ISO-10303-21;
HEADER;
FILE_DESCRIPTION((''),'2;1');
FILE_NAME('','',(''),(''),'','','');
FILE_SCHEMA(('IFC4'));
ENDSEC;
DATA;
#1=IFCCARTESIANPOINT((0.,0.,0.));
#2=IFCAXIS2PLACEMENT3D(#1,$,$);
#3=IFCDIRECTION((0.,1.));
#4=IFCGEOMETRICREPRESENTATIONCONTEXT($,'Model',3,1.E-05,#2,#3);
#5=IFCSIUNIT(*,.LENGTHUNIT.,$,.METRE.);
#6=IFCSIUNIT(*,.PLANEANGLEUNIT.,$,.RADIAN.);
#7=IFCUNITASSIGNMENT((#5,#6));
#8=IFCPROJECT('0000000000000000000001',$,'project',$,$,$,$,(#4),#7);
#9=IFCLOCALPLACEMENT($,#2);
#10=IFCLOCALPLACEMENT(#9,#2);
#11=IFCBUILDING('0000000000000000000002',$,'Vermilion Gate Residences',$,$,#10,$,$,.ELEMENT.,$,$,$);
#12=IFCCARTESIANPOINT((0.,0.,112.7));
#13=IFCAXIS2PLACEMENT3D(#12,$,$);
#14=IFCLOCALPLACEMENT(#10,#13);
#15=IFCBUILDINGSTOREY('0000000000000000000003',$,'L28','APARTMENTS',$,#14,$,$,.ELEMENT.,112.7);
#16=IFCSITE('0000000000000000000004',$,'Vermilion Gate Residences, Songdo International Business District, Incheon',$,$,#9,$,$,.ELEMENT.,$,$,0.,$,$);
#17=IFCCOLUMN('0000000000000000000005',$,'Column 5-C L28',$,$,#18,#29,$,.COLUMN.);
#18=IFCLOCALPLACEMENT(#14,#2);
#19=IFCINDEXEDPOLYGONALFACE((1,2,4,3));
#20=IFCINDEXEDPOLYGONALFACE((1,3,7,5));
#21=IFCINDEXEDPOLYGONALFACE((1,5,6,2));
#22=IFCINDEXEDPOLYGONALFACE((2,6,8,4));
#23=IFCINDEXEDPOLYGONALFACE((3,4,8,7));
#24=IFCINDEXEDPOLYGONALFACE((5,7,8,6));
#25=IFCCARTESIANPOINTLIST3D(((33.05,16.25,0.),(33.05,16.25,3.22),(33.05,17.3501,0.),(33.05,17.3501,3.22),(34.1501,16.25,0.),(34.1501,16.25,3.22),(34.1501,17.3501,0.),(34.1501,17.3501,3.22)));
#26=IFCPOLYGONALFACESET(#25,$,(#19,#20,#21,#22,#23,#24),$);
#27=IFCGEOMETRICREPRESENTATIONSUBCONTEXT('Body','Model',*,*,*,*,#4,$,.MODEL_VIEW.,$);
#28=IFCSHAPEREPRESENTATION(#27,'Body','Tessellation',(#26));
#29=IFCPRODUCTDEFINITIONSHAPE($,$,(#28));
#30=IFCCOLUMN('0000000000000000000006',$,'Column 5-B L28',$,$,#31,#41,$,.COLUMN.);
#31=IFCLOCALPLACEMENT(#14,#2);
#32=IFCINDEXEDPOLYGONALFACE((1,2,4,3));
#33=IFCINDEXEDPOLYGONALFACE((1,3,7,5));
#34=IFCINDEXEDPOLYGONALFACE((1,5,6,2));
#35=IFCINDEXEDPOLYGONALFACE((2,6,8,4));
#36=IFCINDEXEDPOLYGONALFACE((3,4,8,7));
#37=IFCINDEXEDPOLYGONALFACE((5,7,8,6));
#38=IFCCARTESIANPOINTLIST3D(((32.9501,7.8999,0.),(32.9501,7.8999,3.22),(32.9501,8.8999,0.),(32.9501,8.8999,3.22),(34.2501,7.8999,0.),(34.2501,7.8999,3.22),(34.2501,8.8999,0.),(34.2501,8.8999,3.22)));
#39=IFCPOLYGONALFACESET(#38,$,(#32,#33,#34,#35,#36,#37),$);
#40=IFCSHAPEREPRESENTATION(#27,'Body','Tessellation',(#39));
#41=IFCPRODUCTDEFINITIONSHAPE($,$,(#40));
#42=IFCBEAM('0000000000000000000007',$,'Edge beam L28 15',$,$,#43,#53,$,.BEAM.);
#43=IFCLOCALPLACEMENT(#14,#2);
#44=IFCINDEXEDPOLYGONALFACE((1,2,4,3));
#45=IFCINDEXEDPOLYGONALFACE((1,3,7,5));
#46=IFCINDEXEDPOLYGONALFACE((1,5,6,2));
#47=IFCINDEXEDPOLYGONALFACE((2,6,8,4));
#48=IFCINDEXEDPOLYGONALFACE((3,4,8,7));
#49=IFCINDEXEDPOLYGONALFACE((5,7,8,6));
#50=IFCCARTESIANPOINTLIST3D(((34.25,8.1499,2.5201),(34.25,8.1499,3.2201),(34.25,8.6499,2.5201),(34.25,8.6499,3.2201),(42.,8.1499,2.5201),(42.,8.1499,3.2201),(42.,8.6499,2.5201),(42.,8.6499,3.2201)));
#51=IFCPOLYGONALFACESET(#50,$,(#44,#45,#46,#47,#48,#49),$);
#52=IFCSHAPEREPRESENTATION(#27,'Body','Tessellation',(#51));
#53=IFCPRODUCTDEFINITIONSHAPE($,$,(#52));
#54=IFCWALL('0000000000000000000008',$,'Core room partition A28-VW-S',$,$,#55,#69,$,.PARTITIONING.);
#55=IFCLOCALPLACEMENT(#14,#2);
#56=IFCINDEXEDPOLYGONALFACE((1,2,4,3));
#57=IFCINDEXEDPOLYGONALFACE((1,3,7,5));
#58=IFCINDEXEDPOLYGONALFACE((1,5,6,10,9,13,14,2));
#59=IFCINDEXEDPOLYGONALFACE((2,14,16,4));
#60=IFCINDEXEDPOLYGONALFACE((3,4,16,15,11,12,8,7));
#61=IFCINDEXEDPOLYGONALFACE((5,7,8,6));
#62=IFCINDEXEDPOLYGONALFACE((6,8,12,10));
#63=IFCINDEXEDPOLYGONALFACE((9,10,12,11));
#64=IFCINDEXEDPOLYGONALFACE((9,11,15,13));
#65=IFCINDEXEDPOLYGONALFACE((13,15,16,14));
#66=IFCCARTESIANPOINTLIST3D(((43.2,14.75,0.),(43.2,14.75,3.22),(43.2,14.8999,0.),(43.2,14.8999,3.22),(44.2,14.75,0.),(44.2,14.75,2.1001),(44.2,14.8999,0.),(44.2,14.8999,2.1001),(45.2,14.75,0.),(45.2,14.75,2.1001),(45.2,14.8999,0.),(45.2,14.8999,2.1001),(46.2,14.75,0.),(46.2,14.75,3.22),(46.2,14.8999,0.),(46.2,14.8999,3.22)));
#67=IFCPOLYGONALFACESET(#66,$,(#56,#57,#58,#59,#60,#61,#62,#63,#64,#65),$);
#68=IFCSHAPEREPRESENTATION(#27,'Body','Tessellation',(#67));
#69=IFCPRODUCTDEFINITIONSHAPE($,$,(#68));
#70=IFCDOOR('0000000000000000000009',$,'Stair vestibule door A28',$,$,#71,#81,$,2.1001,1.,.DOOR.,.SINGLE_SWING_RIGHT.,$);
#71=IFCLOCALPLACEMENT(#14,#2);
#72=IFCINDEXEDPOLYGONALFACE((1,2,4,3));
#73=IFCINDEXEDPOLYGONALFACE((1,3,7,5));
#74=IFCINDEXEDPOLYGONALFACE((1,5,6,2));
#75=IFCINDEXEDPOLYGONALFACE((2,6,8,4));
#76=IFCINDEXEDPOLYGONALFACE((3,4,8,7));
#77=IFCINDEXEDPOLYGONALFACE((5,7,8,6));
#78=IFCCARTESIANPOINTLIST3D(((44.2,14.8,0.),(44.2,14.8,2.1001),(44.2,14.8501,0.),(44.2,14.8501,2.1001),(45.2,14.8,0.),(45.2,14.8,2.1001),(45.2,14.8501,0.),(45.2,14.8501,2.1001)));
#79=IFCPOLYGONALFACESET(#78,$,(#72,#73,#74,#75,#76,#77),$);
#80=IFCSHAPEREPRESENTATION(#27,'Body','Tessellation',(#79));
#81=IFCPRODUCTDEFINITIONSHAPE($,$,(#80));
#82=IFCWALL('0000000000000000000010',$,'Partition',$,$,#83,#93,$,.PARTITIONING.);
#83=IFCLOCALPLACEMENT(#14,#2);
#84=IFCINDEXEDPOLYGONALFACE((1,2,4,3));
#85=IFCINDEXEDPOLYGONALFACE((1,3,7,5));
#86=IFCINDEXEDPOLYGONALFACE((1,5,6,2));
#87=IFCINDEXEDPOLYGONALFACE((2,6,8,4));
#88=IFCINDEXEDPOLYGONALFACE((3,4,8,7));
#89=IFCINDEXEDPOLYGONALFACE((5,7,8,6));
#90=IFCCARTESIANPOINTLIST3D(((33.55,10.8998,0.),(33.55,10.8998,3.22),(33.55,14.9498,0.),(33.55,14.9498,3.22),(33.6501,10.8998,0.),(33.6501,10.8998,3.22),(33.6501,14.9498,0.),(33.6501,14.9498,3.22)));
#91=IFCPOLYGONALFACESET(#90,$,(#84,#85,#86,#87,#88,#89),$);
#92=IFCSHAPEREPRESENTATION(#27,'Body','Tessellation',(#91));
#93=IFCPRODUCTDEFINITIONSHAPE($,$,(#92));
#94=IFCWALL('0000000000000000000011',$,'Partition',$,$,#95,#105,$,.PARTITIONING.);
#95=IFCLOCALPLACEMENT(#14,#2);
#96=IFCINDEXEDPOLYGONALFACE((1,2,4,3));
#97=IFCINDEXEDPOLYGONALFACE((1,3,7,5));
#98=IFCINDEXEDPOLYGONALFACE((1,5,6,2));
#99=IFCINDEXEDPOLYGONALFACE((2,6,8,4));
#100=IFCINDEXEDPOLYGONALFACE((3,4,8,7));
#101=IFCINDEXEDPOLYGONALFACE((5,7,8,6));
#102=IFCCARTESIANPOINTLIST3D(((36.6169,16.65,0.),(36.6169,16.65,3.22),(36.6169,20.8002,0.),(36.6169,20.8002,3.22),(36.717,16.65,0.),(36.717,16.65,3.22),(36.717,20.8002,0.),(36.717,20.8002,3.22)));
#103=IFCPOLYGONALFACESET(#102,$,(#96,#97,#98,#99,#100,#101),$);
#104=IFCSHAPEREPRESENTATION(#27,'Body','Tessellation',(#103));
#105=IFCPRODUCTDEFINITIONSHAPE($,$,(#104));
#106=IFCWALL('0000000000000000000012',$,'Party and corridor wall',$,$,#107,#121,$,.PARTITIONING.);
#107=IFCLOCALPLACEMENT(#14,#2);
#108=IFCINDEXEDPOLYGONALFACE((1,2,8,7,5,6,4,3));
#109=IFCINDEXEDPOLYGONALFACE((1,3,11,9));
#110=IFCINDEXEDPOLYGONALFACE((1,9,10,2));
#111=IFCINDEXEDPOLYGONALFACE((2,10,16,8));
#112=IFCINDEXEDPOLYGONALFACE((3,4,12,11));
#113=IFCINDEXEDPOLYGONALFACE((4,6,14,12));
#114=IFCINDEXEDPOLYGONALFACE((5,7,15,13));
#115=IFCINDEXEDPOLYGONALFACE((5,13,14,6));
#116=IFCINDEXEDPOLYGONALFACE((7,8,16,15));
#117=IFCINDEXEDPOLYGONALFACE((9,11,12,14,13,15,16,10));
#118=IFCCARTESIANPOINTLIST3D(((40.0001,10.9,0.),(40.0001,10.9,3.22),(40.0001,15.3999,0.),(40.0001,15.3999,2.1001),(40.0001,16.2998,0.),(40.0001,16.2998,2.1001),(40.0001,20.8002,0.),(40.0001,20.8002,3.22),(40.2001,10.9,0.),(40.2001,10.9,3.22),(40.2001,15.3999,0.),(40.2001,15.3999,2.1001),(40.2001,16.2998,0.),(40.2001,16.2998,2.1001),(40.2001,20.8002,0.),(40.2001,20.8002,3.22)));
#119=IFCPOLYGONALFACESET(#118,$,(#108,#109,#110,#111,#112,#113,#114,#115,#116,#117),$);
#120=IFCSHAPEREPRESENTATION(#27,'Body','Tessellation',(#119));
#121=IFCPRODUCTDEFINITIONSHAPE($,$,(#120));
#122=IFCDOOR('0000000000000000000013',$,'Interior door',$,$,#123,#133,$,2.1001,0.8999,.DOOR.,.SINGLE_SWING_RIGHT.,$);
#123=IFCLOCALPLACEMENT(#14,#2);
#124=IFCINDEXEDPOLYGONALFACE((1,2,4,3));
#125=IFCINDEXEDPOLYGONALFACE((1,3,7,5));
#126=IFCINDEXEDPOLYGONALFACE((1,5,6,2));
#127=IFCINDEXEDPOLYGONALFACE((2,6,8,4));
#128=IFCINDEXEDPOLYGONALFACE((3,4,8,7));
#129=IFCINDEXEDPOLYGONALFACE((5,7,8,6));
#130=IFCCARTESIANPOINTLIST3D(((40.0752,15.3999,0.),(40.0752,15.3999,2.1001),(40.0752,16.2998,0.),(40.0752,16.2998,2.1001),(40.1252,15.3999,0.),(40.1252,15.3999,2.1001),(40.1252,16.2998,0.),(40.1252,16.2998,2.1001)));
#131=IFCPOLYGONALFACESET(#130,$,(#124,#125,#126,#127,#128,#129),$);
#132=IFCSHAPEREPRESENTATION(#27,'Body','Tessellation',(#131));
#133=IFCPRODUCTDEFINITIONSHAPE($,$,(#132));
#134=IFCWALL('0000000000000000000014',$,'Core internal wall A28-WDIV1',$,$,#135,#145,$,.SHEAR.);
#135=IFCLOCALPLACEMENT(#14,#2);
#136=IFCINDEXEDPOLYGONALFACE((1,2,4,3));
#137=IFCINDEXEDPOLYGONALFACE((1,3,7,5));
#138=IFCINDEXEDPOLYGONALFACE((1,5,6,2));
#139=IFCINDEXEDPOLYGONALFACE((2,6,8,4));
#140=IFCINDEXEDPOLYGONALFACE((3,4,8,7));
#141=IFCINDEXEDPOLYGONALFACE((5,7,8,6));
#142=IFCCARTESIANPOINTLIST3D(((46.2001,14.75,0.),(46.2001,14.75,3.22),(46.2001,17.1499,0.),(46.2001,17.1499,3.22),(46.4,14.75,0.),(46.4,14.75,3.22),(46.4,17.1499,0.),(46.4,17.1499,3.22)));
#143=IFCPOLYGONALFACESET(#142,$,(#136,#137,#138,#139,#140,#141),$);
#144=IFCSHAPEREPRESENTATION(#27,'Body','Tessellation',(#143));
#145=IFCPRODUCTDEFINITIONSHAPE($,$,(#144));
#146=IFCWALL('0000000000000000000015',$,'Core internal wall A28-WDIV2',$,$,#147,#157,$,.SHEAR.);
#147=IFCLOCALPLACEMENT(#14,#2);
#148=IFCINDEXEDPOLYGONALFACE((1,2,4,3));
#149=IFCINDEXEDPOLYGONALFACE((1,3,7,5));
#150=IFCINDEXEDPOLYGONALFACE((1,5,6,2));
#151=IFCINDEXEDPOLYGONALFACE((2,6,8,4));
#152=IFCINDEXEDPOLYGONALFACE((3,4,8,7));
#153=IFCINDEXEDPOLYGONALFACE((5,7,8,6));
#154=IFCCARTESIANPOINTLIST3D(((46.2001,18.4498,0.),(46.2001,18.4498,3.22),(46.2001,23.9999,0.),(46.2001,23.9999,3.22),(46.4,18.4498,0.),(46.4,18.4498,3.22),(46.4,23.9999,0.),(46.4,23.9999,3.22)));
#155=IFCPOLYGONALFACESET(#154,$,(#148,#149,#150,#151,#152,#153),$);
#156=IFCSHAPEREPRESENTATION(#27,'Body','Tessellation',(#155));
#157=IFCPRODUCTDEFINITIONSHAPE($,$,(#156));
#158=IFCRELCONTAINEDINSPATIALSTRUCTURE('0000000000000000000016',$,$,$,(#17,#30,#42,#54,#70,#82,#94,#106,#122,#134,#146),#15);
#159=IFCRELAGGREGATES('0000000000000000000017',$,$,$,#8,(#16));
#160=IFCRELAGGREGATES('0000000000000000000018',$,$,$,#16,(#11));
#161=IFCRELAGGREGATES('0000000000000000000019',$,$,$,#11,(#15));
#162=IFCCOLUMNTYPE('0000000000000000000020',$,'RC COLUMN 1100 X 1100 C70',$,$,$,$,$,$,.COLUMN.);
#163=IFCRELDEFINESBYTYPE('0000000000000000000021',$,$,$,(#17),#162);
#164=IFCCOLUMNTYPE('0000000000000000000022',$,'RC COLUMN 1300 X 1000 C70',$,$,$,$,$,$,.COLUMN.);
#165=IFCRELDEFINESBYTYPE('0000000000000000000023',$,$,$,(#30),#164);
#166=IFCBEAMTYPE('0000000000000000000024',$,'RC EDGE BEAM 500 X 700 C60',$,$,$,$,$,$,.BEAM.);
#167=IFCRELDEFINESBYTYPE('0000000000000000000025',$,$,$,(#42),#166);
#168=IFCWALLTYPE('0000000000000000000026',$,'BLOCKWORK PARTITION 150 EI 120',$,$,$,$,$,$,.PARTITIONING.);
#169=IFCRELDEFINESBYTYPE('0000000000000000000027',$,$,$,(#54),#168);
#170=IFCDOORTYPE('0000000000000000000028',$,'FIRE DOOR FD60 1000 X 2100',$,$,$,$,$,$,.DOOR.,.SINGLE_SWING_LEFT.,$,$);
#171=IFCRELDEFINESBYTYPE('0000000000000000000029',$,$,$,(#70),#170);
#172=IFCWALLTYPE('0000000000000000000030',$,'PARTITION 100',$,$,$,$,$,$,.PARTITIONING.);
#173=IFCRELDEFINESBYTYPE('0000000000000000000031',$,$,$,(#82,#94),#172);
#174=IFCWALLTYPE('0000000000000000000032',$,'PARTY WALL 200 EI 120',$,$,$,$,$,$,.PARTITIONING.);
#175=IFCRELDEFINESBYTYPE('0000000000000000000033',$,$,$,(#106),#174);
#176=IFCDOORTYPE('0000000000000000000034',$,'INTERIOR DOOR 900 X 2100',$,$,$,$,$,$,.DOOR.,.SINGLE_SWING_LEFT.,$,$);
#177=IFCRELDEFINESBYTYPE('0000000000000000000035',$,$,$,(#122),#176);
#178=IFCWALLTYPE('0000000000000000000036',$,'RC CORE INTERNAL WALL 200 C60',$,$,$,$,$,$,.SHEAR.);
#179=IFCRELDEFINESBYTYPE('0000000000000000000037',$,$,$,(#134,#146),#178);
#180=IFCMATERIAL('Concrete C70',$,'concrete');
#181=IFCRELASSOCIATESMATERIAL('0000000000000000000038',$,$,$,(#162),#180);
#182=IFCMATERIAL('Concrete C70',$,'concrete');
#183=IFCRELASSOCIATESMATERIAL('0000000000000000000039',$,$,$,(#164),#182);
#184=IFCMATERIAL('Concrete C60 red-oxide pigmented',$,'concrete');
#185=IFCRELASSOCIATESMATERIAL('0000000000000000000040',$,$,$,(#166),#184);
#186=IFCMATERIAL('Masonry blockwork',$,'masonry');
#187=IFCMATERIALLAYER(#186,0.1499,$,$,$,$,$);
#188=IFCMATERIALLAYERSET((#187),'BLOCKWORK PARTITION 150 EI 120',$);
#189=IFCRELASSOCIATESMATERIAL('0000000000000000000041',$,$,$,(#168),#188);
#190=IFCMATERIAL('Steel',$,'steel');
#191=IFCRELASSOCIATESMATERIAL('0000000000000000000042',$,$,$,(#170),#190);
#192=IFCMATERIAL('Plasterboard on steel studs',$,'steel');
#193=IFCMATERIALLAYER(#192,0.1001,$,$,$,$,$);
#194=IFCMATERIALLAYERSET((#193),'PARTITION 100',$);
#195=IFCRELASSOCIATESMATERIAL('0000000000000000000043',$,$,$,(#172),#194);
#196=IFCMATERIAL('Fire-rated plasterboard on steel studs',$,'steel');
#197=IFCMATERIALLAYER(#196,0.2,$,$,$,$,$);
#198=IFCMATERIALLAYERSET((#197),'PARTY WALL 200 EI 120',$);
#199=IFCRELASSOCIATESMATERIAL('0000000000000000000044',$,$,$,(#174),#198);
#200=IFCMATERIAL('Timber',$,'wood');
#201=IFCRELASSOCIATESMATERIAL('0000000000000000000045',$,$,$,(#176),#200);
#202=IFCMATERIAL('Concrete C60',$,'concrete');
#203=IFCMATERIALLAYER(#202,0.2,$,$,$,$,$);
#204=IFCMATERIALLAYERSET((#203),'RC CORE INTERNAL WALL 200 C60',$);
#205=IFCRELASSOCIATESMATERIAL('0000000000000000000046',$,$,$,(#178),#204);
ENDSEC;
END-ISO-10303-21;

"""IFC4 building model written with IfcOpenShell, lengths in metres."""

from ifc_helpers import new_model, si_unit, direction, frame, frame_2d, origin, origin_2d, place, context, subcontext, project, spatial, rectangle, extrude, material, layer, layer_set, material_profile, profile_set, type_object, element, fill, save


model = new_model("IFC4")

# Units and contexts
model_context = context("Model", 3, precision=1e-05, world=origin(), true_north=direction((0.0, 1.0)))
body_context = subcontext(model_context, "Body", "Model", "MODEL_VIEW")
ifc_project = project(units=[si_unit("LENGTHUNIT", "METRE"), si_unit("PLANEANGLEUNIT", "RADIAN")], contexts=[model_context])

# Site, building, storey
site_placement = place(None, origin())
site = spatial("IfcSite", under=ifc_project, at=site_placement, Name="Vermilion Gate Residences, Songdo International Business District, Incheon", CompositionType="ELEMENT", RefElevation=0.0)
building_placement = place(site_placement, origin())
building = spatial("IfcBuilding", under=site, at=building_placement, Name="Vermilion Gate Residences", CompositionType="ELEMENT")
storey_placement = place(building_placement, frame((0.0, 0.0, 112.7)))
storey = spatial("IfcBuildingStorey", under=building, at=storey_placement, Name="L28", Description="APARTMENTS", CompositionType="ELEMENT", Elevation=112.7)

# Columns
ifc_material_1 = material(Name="Concrete C70", Category="concrete")
ifc_material_profile_1 = material_profile(ifc_material_1, rectangle(XDim=1.1001, YDim=1.1001, at=origin_2d()), Name="RC-1100x1100")
ifc_profile_set_1 = profile_set([ifc_material_profile_1], Name="Concrete C70")
column_type_1 = type_object("IfcColumnType", Name="RC COLUMN 1100 X 1100 C70", PredefinedType="COLUMN", material=ifc_profile_set_1)
column_1_placement = place(storey_placement, frame((33.6001, 16.8, 0.0), z_axis=(0.0, 0.0, 1.0), x_axis=(1.0, 0.0, 0.0)))
element("IfcColumn", 1, at=column_1_placement, inside=storey, type_object=column_type_1, Name="Column 5-C L28", PredefinedType="COLUMN", context=body_context, shape_type="SweptSolid", body=[
    extrude(rectangle(XDim=1.1001, YDim=1.1001, at=origin_2d()), origin(), (0.0, 0.0, 1.0), 3.22),
])
ifc_material_2 = material(Name="Concrete C70", Category="concrete")
ifc_material_profile_2 = material_profile(ifc_material_2, rectangle(XDim=1.3, YDim=1.0, at=origin_2d()), Name="RC-1300x1000")
ifc_profile_set_2 = profile_set([ifc_material_profile_2], Name="Concrete C70")
column_type_2 = type_object("IfcColumnType", Name="RC COLUMN 1300 X 1000 C70", PredefinedType="COLUMN", material=ifc_profile_set_2)
column_2_placement = place(storey_placement, frame((33.6001, 8.3999, 0.0), z_axis=(0.0, 0.0, 1.0), x_axis=(1.0, 0.0, 0.0)))
element("IfcColumn", 2, at=column_2_placement, inside=storey, type_object=column_type_2, Name="Column 5-B L28", PredefinedType="COLUMN", context=body_context, shape_type="SweptSolid", body=[
    extrude(rectangle(XDim=1.3, YDim=1.0, at=origin_2d()), origin(), (0.0, 0.0, 1.0), 3.22),
])

# Beam
ifc_material_3 = material(Name="Concrete C60 red-oxide pigmented", Category="concrete")
ifc_material_profile_3 = material_profile(ifc_material_3, rectangle(XDim=0.5, YDim=0.7, at=origin_2d()), Name="RC-500x700")
ifc_profile_set_3 = profile_set([ifc_material_profile_3], Name="Concrete C60 red-oxide pigmented")
beam_type = type_object("IfcBeamType", Name="RC EDGE BEAM 500 X 700 C60", PredefinedType="BEAM", material=ifc_profile_set_3)
beam_placement = place(storey_placement, frame((34.25, 8.3999, 2.8701), z_axis=(1.0, 0.0, 0.0), x_axis=(0.0, 1.0, 0.0)))
element("IfcBeam", 3, at=beam_placement, inside=storey, type_object=beam_type, Name="Edge beam L28 15", PredefinedType="BEAM", context=body_context, shape_type="SweptSolid", body=[
    extrude(rectangle(XDim=0.5, YDim=0.7, at=origin_2d()), origin(), (0.0, 0.0, 1.0), 7.75),
])

# Wall, opening, door
ifc_material_4 = material(Name="Masonry blockwork", Category="masonry")
ifc_layer_1 = layer(ifc_material_4, 0.1499)
ifc_layer_set_1 = layer_set([ifc_layer_1], Name="BLOCKWORK PARTITION 150 EI 120")
wall_type_1 = type_object("IfcWallType", Name="BLOCKWORK PARTITION 150 EI 120", PredefinedType="PARTITIONING", material=ifc_layer_set_1)
wall_1_placement = place(storey_placement, frame((43.2, 14.825, 0.0), z_axis=(0.0, 0.0, 1.0), x_axis=(1.0, 0.0, 0.0)))
wall_1 = element("IfcWall", 4, at=wall_1_placement, inside=storey, type_object=wall_type_1, Name="Core room partition A28-VW-S", PredefinedType="PARTITIONING", context=body_context, shape_type="SweptSolid", body=[
    extrude(rectangle(XDim=3.0, YDim=0.1499, at=frame_2d((1.5, 0.0))), origin(), (0.0, 0.0, 1.0), 3.22),
])
opening_1_placement = place(wall_1_placement, frame((1.0, 0.0, 0.0)))
opening_1 = element("IfcOpeningElement", 5, at=opening_1_placement, cuts=wall_1, PredefinedType="OPENING", context=body_context, shape_type="SweptSolid", body=[
    extrude(rectangle(XDim=1.0, YDim=2.1001, at=frame_2d((0.5, 1.05))), frame((0.0, 0.085, 0.0), z_axis=(0.0, -1.0, 0.0), x_axis=(1.0, 0.0, 0.0)), (0.0, 0.0, 1.0), 0.1699),
])
ifc_material_5 = material(Name="Steel", Category="steel")
door_type_1 = type_object("IfcDoorType", Name="FIRE DOOR FD60 1000 X 2100", OperationType="SINGLE_SWING_LEFT", PredefinedType="DOOR", material=ifc_material_5)
door_1_placement = place(opening_1_placement, frame((1.0, 0.0, 0.0), z_axis=(0.0, 0.0, 1.0), x_axis=(-1.0, 0.0, 0.0)))
door_1 = element("IfcDoor", 6, at=door_1_placement, inside=storey, type_object=door_type_1, Name="Stair vestibule door A28", OperationType="SINGLE_SWING_RIGHT", OverallHeight=2.1001, OverallWidth=1.0, PredefinedType="DOOR", context=body_context, shape_type="SweptSolid", body=[
    extrude(rectangle(XDim=1.0, YDim=2.1001, at=frame_2d((0.5, 1.05))), frame((0.0, 0.0249, 0.0), z_axis=(0.0, -1.0, 0.0), x_axis=(1.0, 0.0, 0.0)), (0.0, 0.0, 1.0), 0.05),
])
fill(opening_1, door_1)

# Walls
ifc_material_6 = material(Name="Plasterboard on steel studs", Category="steel")
ifc_layer_2 = layer(ifc_material_6, 0.1001)
ifc_layer_set_2 = layer_set([ifc_layer_2], Name="PARTITION 100")
wall_type_2 = type_object("IfcWallType", Name="PARTITION 100", PredefinedType="PARTITIONING", material=ifc_layer_set_2)
wall_2_placement = place(storey_placement, frame((33.6001, 10.8999, 0.0), z_axis=(0.0, 0.0, 1.0), x_axis=(0.0, 1.0, 0.0)))
element("IfcWall", 7, at=wall_2_placement, inside=storey, type_object=wall_type_2, Name="Partition", PredefinedType="PARTITIONING", context=body_context, shape_type="SweptSolid", body=[
    extrude(rectangle(XDim=4.05, YDim=0.1001, at=frame_2d((2.0249, 0.0))), origin(), (0.0, 0.0, 1.0), 3.22),
])
wall_3_placement = place(storey_placement, frame((36.667, 16.6499, 0.0), z_axis=(0.0, 0.0, 1.0), x_axis=(0.0, 1.0, 0.0)))
element("IfcWall", 8, at=wall_3_placement, inside=storey, type_object=wall_type_2, Name="Partition", PredefinedType="PARTITIONING", context=body_context, shape_type="SweptSolid", body=[
    extrude(rectangle(XDim=4.1501, YDim=0.1001, at=frame_2d((2.0752, 0.0))), origin(), (0.0, 0.0, 1.0), 3.22),
])

# Wall, opening, door
ifc_material_7 = material(Name="Fire-rated plasterboard on steel studs", Category="steel")
ifc_layer_3 = layer(ifc_material_7, 0.2)
ifc_layer_set_3 = layer_set([ifc_layer_3], Name="PARTY WALL 200 EI 120")
wall_type_3 = type_object("IfcWallType", Name="PARTY WALL 200 EI 120", PredefinedType="PARTITIONING", material=ifc_layer_set_3)
wall_4_placement = place(storey_placement, frame((40.1001, 10.8999, 0.0), z_axis=(0.0, 0.0, 1.0), x_axis=(0.0, 1.0, 0.0)))
wall_4 = element("IfcWall", 9, at=wall_4_placement, inside=storey, type_object=wall_type_3, Name="Party and corridor wall", PredefinedType="PARTITIONING", context=body_context, shape_type="SweptSolid", body=[
    extrude(rectangle(XDim=9.9001, YDim=0.2, at=frame_2d((4.9502, 0.0))), origin(), (0.0, 0.0, 1.0), 3.22),
])
opening_2_placement = place(wall_4_placement, frame((4.5, 0.0, 0.0)))
opening_2 = element("IfcOpeningElement", 10, at=opening_2_placement, cuts=wall_4, PredefinedType="OPENING", context=body_context, shape_type="SweptSolid", body=[
    extrude(rectangle(XDim=0.8999, YDim=2.1001, at=frame_2d((0.45, 1.05))), frame((0.0, 0.1099, 0.0), z_axis=(0.0, -1.0, 0.0), x_axis=(1.0, 0.0, 0.0)), (0.0, 0.0, 1.0), 0.22),
])
ifc_material_8 = material(Name="Timber", Category="wood")
door_type_2 = type_object("IfcDoorType", Name="INTERIOR DOOR 900 X 2100", OperationType="SINGLE_SWING_LEFT", PredefinedType="DOOR", material=ifc_material_8)
door_2_placement = place(opening_2_placement, origin())
door_2 = element("IfcDoor", 11, at=door_2_placement, inside=storey, type_object=door_type_2, Name="Interior door", OperationType="SINGLE_SWING_RIGHT", OverallHeight=2.1001, OverallWidth=0.8999, PredefinedType="DOOR", context=body_context, shape_type="SweptSolid", body=[
    extrude(rectangle(XDim=0.8999, YDim=2.1001, at=frame_2d((0.45, 1.05))), frame((0.0, 0.0249, 0.0), z_axis=(0.0, -1.0, 0.0), x_axis=(1.0, 0.0, 0.0)), (0.0, 0.0, 1.0), 0.05),
])
fill(opening_2, door_2)

# Walls
ifc_material_9 = material(Name="Concrete C60", Category="concrete")
ifc_layer_4 = layer(ifc_material_9, 0.2)
ifc_layer_set_4 = layer_set([ifc_layer_4], Name="RC CORE INTERNAL WALL 200 C60")
wall_type_4 = type_object("IfcWallType", Name="RC CORE INTERNAL WALL 200 C60", PredefinedType="SHEAR", material=ifc_layer_set_4)
wall_5_placement = place(storey_placement, frame((46.3, 14.75, 0.0), z_axis=(0.0, 0.0, 1.0), x_axis=(0.0, 1.0, 0.0)))
element("IfcWall", 12, at=wall_5_placement, inside=storey, type_object=wall_type_4, Name="Core internal wall A28-WDIV1", PredefinedType="SHEAR", context=body_context, shape_type="SweptSolid", body=[
    extrude(rectangle(XDim=2.3999, YDim=0.2, at=frame_2d((1.2, 0.0))), origin(), (0.0, 0.0, 1.0), 3.22),
])
wall_6_placement = place(storey_placement, frame((46.3, 18.45, 0.0), z_axis=(0.0, 0.0, 1.0), x_axis=(0.0, 1.0, 0.0)))
element("IfcWall", 13, at=wall_6_placement, inside=storey, type_object=wall_type_4, Name="Core internal wall A28-WDIV2", PredefinedType="SHEAR", context=body_context, shape_type="SweptSolid", body=[
    extrude(rectangle(XDim=5.55, YDim=0.2, at=frame_2d((2.7749, 0.0))), origin(), (0.0, 0.0, 1.0), 3.22),
])

save(model, "model.ifc")
